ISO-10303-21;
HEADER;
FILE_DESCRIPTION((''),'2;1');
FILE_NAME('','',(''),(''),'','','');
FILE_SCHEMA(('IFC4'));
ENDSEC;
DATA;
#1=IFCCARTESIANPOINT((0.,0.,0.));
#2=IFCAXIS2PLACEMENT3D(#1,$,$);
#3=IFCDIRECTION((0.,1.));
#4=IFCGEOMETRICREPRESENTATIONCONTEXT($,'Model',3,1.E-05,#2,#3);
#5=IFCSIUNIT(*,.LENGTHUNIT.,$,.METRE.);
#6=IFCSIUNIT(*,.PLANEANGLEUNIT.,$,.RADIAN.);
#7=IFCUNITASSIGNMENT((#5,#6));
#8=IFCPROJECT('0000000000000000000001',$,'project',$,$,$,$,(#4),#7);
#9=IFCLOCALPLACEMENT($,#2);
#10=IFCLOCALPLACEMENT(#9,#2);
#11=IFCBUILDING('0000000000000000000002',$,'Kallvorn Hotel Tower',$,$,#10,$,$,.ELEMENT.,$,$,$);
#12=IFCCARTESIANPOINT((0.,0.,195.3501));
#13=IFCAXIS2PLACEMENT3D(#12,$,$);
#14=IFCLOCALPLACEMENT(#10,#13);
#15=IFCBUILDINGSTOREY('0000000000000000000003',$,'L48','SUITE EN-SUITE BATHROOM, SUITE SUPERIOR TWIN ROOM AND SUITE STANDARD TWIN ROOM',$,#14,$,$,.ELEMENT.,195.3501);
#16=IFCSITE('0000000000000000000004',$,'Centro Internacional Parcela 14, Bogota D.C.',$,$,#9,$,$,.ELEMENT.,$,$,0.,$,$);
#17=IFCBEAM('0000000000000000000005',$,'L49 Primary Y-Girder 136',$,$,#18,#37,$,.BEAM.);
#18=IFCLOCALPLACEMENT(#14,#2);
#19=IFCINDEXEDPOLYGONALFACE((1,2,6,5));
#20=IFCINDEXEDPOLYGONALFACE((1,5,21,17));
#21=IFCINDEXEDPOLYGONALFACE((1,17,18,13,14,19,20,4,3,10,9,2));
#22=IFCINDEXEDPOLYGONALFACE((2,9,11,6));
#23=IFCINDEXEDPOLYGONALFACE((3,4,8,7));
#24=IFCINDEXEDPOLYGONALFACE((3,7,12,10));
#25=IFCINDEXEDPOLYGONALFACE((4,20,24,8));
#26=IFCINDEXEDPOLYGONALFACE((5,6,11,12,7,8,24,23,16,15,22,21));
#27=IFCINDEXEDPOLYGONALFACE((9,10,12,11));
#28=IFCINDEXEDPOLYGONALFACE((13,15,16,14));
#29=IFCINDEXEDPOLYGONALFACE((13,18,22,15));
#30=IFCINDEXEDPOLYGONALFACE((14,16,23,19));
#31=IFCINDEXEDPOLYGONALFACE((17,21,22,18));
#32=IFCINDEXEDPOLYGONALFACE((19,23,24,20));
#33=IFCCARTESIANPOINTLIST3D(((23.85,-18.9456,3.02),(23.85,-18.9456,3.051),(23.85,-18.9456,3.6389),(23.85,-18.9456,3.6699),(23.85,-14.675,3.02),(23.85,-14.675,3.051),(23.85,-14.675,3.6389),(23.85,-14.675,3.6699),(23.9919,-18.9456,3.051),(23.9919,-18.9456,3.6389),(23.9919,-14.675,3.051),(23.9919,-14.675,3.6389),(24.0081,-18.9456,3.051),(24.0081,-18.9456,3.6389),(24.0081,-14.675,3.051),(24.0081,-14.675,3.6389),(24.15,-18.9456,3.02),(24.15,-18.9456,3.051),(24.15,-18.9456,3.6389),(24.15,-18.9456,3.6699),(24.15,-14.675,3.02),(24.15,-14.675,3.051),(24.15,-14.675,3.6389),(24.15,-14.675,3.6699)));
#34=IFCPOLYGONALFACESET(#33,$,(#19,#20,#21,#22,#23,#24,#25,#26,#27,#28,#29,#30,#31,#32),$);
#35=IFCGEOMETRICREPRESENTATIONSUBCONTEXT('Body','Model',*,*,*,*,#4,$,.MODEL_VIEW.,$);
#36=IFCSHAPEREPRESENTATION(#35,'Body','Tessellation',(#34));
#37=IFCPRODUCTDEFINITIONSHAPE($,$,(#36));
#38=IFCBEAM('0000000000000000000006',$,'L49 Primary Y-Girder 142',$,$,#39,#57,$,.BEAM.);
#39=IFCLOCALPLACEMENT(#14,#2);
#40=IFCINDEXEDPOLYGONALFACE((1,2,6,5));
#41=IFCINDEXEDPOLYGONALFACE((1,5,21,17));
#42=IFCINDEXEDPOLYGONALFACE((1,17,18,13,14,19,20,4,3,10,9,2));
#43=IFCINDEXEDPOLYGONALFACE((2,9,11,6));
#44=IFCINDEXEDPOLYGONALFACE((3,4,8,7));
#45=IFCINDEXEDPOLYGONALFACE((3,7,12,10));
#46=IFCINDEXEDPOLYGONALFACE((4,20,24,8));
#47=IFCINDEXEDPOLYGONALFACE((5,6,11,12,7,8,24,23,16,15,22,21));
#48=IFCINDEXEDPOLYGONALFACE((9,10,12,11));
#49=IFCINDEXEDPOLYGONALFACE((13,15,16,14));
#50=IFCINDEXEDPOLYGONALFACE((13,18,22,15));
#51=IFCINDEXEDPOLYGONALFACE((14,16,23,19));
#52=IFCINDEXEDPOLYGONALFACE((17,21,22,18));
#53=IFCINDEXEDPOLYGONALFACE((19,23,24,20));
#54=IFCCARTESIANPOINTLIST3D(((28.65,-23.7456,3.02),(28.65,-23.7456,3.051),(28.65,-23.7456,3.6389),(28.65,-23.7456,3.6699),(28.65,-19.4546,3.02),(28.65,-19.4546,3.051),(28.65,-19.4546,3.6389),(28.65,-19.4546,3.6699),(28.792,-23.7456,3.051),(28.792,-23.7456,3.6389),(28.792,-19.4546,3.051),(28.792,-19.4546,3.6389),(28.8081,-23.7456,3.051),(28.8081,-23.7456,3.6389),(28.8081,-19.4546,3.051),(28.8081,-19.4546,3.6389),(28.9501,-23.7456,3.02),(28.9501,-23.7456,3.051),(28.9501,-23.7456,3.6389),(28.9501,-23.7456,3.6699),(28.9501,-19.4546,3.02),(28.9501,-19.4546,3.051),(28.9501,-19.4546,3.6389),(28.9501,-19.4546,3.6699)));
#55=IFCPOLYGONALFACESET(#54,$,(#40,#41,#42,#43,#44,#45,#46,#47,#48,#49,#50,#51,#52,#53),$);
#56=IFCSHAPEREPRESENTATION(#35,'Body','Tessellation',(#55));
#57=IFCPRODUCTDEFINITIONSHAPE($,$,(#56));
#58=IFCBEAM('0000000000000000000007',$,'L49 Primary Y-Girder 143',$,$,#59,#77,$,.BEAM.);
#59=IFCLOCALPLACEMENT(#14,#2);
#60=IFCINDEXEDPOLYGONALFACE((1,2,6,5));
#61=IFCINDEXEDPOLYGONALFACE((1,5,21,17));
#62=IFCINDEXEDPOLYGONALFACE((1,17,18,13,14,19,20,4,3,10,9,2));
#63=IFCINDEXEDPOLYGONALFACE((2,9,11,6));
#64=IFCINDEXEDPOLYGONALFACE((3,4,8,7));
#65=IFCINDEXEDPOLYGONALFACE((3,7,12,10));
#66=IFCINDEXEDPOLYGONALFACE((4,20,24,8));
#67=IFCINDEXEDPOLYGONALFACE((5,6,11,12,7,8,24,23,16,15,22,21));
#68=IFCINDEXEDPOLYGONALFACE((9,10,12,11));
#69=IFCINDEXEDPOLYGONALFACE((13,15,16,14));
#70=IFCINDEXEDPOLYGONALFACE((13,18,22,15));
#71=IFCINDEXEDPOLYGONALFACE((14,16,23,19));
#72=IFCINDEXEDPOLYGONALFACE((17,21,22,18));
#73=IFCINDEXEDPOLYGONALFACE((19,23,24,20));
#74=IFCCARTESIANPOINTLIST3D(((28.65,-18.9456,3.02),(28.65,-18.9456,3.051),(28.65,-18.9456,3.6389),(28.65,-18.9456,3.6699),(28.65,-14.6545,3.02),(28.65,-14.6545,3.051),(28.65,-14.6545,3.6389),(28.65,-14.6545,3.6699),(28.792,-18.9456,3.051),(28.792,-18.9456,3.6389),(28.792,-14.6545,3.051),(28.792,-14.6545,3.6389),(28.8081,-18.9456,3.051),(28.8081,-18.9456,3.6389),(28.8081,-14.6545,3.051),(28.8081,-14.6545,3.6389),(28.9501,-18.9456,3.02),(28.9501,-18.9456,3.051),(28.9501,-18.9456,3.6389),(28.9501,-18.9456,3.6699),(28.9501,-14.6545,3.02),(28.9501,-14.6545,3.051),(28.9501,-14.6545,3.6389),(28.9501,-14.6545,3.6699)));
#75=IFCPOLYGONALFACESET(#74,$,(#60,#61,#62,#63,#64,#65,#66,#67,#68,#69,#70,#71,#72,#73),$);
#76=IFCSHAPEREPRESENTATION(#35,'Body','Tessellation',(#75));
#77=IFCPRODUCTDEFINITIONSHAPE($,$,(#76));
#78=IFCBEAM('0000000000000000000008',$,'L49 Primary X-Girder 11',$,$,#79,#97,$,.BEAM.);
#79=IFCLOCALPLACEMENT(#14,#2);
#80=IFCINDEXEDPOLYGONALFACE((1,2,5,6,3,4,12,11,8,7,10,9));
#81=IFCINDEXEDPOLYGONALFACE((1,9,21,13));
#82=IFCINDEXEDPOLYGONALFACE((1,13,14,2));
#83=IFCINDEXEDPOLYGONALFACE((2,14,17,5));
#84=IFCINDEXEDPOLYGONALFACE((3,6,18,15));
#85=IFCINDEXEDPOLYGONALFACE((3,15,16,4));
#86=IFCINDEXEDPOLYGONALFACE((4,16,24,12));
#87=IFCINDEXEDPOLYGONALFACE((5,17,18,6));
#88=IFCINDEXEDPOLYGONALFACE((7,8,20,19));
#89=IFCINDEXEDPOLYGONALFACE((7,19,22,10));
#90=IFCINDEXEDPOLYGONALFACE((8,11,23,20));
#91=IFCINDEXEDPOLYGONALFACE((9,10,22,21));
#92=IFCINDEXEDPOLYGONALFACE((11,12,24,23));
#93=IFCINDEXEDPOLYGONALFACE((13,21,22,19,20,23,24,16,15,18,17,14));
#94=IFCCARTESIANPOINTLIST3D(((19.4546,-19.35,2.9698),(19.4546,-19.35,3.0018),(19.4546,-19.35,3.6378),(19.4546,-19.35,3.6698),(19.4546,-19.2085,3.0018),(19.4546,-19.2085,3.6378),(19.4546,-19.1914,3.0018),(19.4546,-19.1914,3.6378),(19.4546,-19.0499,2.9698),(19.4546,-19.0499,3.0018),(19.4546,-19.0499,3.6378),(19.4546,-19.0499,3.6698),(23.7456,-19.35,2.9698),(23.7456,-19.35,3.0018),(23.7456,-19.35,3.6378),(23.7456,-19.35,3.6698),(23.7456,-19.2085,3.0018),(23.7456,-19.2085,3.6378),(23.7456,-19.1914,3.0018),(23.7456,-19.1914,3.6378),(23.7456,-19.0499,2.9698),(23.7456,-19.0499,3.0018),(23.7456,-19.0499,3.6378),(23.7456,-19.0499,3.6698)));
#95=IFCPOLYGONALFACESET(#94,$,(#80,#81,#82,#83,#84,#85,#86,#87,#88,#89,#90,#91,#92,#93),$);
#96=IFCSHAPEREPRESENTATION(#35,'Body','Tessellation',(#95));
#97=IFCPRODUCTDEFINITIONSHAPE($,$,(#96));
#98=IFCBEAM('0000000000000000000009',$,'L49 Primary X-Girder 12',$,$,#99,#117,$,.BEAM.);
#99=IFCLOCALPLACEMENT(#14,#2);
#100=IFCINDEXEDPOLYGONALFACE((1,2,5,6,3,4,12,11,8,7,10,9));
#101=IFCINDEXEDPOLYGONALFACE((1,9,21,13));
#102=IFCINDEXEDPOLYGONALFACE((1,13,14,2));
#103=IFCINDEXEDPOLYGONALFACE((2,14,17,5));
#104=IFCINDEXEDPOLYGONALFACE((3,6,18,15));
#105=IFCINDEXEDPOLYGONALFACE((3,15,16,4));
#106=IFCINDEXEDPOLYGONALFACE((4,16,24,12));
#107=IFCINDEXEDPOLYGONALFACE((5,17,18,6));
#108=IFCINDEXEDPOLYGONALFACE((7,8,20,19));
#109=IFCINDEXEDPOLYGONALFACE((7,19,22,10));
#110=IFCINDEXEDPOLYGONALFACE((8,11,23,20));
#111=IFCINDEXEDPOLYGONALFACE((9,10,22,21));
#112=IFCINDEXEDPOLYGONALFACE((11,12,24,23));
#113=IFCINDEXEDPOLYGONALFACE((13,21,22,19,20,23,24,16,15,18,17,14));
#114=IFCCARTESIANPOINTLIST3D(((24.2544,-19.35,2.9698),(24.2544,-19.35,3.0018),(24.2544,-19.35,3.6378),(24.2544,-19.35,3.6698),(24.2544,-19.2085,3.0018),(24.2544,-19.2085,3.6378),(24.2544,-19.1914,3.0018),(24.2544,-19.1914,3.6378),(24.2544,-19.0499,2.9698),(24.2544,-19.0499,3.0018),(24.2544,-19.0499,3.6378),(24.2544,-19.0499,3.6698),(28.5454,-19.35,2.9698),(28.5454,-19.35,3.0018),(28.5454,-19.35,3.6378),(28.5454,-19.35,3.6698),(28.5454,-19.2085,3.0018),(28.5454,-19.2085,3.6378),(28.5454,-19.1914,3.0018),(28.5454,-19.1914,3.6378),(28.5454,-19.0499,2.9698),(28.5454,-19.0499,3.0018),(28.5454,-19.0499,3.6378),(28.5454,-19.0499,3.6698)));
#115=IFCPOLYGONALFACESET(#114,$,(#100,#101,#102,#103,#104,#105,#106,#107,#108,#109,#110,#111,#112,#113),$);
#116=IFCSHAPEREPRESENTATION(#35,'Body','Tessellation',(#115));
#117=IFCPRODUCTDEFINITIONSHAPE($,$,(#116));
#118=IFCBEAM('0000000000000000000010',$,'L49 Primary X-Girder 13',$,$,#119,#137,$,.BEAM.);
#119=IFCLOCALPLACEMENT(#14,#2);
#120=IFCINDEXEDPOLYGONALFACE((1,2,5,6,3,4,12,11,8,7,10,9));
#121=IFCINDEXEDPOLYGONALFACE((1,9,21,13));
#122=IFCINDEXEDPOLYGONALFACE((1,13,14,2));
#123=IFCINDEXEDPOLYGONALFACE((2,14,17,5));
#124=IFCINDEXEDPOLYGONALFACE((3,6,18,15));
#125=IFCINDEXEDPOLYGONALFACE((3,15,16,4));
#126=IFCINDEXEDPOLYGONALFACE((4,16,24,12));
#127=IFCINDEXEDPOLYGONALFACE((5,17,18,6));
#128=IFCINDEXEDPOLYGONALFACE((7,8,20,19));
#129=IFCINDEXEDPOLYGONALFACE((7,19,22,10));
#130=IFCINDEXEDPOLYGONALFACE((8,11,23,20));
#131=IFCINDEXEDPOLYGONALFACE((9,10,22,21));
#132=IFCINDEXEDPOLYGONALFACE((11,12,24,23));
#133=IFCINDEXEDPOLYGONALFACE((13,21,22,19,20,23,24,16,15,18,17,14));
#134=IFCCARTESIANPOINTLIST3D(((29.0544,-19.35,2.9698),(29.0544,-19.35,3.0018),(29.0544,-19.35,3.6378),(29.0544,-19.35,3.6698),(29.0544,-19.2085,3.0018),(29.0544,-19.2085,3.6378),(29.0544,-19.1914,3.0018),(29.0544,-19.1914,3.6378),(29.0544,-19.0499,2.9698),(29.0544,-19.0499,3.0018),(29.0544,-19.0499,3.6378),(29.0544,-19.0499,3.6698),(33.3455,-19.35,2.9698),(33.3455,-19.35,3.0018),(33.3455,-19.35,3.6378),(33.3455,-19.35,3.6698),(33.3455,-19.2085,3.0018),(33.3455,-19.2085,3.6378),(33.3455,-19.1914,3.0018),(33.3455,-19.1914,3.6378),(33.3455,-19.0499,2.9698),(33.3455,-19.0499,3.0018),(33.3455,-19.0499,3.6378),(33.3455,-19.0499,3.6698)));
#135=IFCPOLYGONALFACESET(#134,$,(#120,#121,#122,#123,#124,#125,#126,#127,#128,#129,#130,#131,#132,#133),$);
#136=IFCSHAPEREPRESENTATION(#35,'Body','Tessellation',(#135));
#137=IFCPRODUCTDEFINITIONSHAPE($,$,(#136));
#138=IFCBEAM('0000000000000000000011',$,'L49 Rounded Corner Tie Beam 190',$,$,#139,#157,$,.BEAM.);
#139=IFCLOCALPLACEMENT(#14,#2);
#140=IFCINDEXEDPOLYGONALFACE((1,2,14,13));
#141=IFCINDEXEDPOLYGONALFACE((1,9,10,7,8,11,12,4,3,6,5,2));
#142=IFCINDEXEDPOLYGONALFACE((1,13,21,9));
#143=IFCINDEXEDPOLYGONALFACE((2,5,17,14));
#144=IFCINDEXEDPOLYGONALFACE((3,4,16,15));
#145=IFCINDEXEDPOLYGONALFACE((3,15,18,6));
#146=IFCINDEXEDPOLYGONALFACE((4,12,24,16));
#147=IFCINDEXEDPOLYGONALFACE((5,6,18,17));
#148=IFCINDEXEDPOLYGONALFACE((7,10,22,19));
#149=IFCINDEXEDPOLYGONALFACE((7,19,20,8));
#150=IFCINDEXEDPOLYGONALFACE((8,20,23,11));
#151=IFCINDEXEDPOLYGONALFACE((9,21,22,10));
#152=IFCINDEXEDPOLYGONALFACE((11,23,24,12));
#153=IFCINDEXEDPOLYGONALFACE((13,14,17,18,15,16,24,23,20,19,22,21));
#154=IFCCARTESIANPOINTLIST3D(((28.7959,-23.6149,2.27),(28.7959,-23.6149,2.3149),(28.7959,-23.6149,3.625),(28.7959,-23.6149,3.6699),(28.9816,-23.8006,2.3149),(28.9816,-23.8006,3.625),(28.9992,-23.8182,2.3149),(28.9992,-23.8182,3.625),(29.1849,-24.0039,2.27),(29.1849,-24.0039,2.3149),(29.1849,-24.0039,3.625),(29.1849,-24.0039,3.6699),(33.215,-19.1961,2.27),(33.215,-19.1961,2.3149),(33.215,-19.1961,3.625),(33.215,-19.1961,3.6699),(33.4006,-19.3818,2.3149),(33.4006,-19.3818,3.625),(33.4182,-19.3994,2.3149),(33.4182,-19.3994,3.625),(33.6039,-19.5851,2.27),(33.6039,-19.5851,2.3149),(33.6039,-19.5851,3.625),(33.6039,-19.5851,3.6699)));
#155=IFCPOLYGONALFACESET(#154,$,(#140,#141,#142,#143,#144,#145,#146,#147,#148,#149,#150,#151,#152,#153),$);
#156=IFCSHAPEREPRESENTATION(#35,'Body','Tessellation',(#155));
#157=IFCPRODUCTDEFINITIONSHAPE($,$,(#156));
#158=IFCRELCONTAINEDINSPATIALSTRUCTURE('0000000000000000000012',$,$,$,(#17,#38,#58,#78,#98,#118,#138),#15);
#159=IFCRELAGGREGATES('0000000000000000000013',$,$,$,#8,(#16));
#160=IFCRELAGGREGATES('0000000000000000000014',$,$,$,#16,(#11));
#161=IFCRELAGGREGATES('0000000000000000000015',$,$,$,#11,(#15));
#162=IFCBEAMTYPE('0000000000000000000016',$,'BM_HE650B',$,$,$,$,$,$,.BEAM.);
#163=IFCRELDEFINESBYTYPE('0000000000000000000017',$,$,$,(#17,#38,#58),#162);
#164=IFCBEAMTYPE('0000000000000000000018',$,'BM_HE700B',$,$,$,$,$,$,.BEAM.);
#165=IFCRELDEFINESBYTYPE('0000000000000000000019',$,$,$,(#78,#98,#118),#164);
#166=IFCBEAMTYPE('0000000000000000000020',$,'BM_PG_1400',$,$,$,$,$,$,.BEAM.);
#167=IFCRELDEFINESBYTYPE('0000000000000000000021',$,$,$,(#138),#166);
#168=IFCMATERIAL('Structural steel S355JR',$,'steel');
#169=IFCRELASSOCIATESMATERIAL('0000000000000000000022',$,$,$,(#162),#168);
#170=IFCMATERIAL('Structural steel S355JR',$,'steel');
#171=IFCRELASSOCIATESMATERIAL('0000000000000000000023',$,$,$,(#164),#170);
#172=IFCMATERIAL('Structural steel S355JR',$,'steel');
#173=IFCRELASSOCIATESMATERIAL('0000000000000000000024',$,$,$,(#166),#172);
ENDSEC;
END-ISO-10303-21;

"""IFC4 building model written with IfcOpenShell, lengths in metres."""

from ifc_helpers import new_model, si_unit, direction, frame, origin, origin_2d, place, context, subcontext, project, spatial, i_section, extrude, material, material_profile, profile_set, type_object, element, save


model = new_model("IFC4")

# Units and contexts
model_context = context("Model", 3, precision=1e-05, world=origin(), true_north=direction((0.0, 1.0)))
body_context = subcontext(model_context, "Body", "Model", "MODEL_VIEW")
ifc_project = project(units=[si_unit("LENGTHUNIT", "METRE"), si_unit("PLANEANGLEUNIT", "RADIAN")], contexts=[model_context])

# Site, building, storey
site_placement = place(None, origin())
site = spatial("IfcSite", under=ifc_project, at=site_placement, Name="Centro Internacional Parcela 14, Bogota D.C.", CompositionType="ELEMENT", RefElevation=0.0)
building_placement = place(site_placement, origin())
building = spatial("IfcBuilding", under=site, at=building_placement, Name="Kallvorn Hotel Tower", CompositionType="ELEMENT")
storey_placement = place(building_placement, frame((0.0, 0.0, 195.3501)))
storey = spatial("IfcBuildingStorey", under=building, at=storey_placement, Name="L48", Description="SUITE EN-SUITE BATHROOM, SUITE SUPERIOR TWIN ROOM AND SUITE STANDARD TWIN ROOM", CompositionType="ELEMENT", Elevation=195.3501)

# Beams
ifc_material_1 = material(Name="Structural steel S355JR", Category="steel")
ifc_material_profile_1 = material_profile(ifc_material_1, i_section(OverallWidth=0.3, OverallDepth=0.6499, WebThickness=0.0161, FlangeThickness=0.031, at=origin_2d()), Name="HE 650 B")
ifc_profile_set_1 = profile_set([ifc_material_profile_1], Name="Structural steel S355JR")
beam_type_1 = type_object("IfcBeamType", Name="BM_HE650B", PredefinedType="BEAM", material=ifc_profile_set_1)
beam_1_placement = place(storey_placement, frame((24.0, -18.9456, 3.345), z_axis=(0.0, 1.0, 0.0), x_axis=(-1.0, 0.0, 0.0)))
element("IfcBeam", 1, at=beam_1_placement, inside=storey, type_object=beam_type_1, Name="L49 Primary Y-Girder 136", PredefinedType="BEAM", context=body_context, shape_type="SweptSolid", body=[
    extrude(i_section(OverallWidth=0.3, OverallDepth=0.6499, WebThickness=0.0161, FlangeThickness=0.031, at=origin_2d()), origin(), (0.0, 0.0, 1.0), 4.2705),
])
for number, where, z_axis, x_axis, name in (
    (2, (28.8, -23.7456, 3.345), (0.0, 1.0, 0.0), (-1.0, 0.0, 0.0), "L49 Primary Y-Girder 142"),
    (3, (28.8, -18.9456, 3.345), (0.0, 1.0, 0.0), (-1.0, 0.0, 0.0), "L49 Primary Y-Girder 143"),
):
    element("IfcBeam", number, at=place(storey_placement, frame(where, z_axis=z_axis, x_axis=x_axis)), inside=storey, type_object=beam_type_1, Name=name, PredefinedType="BEAM", context=body_context, shape_type="SweptSolid", body=[
        extrude(i_section(OverallWidth=0.3, OverallDepth=0.6499, WebThickness=0.0161, FlangeThickness=0.031, at=origin_2d()), origin(), (0.0, 0.0, 1.0), 4.291),
    ])
ifc_material_2 = material(Name="Structural steel S355JR", Category="steel")
ifc_material_profile_2 = material_profile(ifc_material_2, i_section(OverallWidth=0.3, OverallDepth=0.7, WebThickness=0.0171, FlangeThickness=0.032, at=origin_2d()), Name="HE 700 B")
ifc_profile_set_2 = profile_set([ifc_material_profile_2], Name="Structural steel S355JR")
beam_type_2 = type_object("IfcBeamType", Name="BM_HE700B", PredefinedType="BEAM", material=ifc_profile_set_2)
for number, where, z_axis, x_axis, name in (
    (4, (19.4546, -19.2, 3.3198), (1.0, 0.0, 0.0), (0.0, 1.0, 0.0), "L49 Primary X-Girder 11"),
    (5, (24.2544, -19.2, 3.3198), (1.0, 0.0, 0.0), (0.0, 1.0, 0.0), "L49 Primary X-Girder 12"),
    (6, (29.0544, -19.2, 3.3198), (1.0, 0.0, 0.0), (0.0, 1.0, 0.0), "L49 Primary X-Girder 13"),
):
    element("IfcBeam", number, at=place(storey_placement, frame(where, z_axis=z_axis, x_axis=x_axis)), inside=storey, type_object=beam_type_2, Name=name, PredefinedType="BEAM", context=body_context, shape_type="SweptSolid", body=[
        extrude(i_section(OverallWidth=0.3, OverallDepth=0.7, WebThickness=0.0171, FlangeThickness=0.032, at=origin_2d()), origin(), (0.0, 0.0, 1.0), 4.291),
    ])
ifc_material_3 = material(Name="Structural steel S355JR", Category="steel")
ifc_material_profile_3 = material_profile(ifc_material_3, i_section(OverallWidth=0.55, OverallDepth=1.3999, WebThickness=0.0249, FlangeThickness=0.0449, at=origin_2d()), Name="PG 1400x550x25x45")
ifc_profile_set_3 = profile_set([ifc_material_profile_3], Name="Structural steel S355JR")
beam_type_3 = type_object("IfcBeamType", Name="BM_PG_1400", PredefinedType="BEAM", material=ifc_profile_set_3)
beam_2_placement = place(storey_placement, frame((33.4094, -19.3906, 2.97), z_axis=(-0.707126, -0.707087, 0.0), x_axis=(0.707087, -0.707126, 0.0)))
element("IfcBeam", 7, at=beam_2_placement, inside=storey, type_object=beam_type_3, Name="L49 Rounded Corner Tie Beam 190", PredefinedType="BEAM", context=body_context, shape_type="SweptSolid", body=[
    extrude(i_section(OverallWidth=0.55, OverallDepth=1.3999, WebThickness=0.0249, FlangeThickness=0.0449, at=origin_2d()), origin(), (0.0, 0.0, 1.0), 6.2493),
])

save(model, "model.ifc")
